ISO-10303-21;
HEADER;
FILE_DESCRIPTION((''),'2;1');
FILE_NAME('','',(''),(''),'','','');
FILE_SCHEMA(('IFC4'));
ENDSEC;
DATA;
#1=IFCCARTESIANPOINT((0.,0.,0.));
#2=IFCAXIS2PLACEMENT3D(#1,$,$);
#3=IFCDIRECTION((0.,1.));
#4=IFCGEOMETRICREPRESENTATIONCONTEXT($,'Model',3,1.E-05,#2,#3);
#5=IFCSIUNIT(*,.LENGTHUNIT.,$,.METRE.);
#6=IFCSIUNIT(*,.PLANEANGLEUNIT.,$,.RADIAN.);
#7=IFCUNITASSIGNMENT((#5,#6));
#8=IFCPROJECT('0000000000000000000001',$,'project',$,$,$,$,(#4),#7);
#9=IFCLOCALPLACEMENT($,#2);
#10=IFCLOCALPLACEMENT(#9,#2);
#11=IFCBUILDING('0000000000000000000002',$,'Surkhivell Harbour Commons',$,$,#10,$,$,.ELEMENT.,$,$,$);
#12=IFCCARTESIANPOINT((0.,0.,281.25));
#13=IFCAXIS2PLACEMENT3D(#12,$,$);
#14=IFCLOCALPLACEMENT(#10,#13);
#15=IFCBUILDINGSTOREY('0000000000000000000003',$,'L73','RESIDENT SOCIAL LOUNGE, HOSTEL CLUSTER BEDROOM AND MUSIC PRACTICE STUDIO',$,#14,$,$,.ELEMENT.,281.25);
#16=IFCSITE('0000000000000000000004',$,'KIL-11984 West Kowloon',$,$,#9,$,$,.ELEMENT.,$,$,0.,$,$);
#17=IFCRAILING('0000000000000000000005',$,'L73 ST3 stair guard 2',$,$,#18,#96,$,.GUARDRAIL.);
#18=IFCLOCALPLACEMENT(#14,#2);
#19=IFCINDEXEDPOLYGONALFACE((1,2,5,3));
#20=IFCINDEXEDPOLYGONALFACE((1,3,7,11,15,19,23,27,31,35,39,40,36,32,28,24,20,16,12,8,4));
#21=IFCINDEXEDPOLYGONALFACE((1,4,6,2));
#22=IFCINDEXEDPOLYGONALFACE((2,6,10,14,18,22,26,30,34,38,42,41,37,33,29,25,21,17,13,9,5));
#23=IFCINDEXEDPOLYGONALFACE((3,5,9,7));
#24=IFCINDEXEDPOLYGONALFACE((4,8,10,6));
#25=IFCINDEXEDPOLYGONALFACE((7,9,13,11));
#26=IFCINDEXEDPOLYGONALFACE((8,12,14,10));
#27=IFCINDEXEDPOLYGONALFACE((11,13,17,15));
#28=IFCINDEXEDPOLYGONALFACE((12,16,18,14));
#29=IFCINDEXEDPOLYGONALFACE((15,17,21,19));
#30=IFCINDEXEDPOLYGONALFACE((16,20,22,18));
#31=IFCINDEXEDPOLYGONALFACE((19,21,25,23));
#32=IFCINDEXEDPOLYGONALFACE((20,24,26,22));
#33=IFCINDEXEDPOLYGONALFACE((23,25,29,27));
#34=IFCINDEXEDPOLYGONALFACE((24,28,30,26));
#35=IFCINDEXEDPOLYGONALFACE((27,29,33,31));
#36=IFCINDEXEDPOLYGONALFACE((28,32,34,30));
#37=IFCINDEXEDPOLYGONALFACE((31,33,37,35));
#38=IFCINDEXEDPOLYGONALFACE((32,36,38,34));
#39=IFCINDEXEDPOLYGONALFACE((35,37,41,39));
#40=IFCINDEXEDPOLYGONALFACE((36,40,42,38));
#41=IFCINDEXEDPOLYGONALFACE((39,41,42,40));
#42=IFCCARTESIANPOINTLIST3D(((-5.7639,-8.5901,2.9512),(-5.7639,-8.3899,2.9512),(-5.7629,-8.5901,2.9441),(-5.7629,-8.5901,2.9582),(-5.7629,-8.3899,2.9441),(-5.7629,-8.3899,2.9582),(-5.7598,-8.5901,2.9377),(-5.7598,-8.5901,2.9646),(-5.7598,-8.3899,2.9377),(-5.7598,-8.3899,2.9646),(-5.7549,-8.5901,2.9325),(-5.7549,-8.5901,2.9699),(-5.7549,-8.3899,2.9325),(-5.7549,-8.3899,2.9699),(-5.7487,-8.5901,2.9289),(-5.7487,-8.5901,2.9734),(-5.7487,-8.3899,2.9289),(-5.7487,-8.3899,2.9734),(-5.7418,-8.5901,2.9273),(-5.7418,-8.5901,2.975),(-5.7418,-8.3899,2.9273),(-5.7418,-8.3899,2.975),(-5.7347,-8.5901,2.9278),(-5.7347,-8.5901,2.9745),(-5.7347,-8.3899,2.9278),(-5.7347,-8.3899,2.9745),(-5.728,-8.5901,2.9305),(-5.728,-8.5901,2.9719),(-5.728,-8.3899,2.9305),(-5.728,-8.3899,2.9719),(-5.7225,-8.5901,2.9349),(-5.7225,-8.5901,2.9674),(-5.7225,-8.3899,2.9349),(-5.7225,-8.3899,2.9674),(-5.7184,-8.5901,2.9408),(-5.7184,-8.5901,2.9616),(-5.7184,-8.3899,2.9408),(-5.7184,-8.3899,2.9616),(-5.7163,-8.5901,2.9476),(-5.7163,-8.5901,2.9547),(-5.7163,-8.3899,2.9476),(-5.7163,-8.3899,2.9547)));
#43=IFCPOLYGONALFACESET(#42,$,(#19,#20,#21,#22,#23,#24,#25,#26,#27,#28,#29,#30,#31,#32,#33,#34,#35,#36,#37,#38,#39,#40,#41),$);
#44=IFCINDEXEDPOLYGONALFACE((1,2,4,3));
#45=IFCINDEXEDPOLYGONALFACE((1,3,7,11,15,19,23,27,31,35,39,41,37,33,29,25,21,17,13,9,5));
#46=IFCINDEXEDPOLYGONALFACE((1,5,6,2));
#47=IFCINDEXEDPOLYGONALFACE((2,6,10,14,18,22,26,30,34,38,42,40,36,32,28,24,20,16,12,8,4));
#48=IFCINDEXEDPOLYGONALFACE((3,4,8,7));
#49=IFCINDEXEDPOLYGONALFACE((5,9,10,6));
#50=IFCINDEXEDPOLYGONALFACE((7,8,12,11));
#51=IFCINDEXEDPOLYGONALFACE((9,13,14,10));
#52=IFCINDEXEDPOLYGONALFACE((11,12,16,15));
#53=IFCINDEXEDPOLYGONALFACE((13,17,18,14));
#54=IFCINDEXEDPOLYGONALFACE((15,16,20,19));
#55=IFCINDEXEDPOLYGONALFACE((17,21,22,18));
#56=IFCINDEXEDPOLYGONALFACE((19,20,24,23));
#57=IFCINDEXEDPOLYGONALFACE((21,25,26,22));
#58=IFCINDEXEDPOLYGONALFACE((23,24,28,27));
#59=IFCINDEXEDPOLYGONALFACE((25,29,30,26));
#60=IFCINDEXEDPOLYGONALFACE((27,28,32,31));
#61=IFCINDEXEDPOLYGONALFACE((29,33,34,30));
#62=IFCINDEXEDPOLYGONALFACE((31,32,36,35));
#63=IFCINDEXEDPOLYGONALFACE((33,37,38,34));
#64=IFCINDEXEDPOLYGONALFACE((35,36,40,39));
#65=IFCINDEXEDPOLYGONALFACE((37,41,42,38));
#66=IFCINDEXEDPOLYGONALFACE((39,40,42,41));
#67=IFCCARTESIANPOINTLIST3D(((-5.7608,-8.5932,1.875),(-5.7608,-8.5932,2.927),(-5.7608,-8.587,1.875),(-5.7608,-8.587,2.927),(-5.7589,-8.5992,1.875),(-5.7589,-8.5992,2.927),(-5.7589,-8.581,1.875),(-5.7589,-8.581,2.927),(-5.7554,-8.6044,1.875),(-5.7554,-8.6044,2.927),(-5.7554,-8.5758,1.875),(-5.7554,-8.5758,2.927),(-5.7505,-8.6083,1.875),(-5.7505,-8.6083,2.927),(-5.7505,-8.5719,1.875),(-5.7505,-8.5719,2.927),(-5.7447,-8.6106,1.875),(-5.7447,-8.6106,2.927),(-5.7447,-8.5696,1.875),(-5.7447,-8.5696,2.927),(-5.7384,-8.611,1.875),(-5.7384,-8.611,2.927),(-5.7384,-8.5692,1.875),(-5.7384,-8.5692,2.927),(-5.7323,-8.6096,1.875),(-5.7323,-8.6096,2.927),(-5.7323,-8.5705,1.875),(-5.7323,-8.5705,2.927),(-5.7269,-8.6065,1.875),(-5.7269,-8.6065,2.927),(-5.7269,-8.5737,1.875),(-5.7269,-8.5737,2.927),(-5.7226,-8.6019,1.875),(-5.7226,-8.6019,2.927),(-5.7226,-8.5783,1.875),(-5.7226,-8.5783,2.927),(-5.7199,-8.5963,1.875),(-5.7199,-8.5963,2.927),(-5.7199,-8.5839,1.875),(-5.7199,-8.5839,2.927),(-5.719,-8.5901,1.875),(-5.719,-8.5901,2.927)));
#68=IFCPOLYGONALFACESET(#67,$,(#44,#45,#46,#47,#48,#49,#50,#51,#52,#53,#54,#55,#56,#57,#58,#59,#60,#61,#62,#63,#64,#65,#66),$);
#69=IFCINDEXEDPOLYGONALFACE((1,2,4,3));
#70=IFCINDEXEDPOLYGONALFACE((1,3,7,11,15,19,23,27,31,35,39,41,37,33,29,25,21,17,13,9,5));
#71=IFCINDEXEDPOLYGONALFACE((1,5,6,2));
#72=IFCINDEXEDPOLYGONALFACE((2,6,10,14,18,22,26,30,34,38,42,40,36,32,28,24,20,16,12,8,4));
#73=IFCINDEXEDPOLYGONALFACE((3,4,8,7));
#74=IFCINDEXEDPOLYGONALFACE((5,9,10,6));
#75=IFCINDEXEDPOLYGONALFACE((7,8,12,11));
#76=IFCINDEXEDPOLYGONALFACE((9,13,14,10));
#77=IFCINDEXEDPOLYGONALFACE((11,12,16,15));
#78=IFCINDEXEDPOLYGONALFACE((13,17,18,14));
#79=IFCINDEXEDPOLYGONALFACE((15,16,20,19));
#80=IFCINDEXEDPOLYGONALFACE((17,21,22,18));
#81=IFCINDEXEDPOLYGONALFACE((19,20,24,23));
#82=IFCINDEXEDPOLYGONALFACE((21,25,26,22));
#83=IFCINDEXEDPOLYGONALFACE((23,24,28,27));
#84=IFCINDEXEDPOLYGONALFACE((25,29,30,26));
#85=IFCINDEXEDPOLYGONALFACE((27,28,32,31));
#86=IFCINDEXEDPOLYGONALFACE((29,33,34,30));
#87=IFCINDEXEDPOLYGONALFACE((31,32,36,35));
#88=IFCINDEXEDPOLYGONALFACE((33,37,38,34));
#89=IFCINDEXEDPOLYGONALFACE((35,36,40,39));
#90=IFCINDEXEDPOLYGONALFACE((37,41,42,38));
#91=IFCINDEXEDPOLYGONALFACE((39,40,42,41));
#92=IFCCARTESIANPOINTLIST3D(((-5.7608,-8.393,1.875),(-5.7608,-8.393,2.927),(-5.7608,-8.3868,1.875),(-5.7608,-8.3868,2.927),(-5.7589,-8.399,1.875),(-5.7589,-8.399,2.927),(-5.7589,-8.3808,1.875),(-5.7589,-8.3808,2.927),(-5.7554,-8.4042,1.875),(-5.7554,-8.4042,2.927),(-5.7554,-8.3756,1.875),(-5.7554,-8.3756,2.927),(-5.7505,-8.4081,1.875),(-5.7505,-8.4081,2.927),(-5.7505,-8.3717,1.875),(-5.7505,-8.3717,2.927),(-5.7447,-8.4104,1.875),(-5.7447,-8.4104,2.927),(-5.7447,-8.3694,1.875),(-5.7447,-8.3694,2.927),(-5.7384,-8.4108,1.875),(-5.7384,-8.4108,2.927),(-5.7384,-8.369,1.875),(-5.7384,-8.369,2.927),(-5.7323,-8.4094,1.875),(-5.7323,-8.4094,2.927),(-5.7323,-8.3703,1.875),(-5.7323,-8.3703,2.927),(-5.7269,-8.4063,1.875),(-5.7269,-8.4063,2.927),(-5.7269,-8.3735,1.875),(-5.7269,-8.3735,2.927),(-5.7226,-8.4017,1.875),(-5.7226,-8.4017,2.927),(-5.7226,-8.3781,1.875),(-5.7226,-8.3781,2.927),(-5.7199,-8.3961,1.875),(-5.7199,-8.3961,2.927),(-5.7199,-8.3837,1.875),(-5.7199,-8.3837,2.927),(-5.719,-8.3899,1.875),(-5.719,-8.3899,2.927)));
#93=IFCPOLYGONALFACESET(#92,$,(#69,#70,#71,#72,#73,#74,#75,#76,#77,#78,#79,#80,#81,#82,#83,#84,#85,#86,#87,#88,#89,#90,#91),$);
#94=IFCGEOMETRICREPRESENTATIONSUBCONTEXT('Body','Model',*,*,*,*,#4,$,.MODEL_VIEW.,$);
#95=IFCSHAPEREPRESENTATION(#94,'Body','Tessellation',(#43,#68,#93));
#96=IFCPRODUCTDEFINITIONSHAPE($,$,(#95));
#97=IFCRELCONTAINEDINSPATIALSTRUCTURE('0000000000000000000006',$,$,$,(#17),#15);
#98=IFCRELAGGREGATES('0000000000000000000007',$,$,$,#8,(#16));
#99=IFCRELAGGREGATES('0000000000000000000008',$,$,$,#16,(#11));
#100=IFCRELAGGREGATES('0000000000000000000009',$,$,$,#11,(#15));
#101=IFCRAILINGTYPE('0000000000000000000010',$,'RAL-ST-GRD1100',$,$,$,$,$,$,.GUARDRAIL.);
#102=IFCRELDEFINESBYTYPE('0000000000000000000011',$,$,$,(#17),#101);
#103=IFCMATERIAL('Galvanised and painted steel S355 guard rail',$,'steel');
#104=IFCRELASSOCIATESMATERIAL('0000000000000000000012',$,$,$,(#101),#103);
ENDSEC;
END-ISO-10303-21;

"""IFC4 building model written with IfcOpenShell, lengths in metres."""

from ifc_helpers import new_model, si_unit, direction, frame, origin, origin_2d, place, context, subcontext, project, spatial, circle, extrude, material, type_object, element, save


model = new_model("IFC4")

# Units and contexts
model_context = context("Model", 3, precision=1e-05, world=origin(), true_north=direction((0.0, 1.0)))
body_context = subcontext(model_context, "Body", "Model", "MODEL_VIEW")
ifc_project = project(units=[si_unit("LENGTHUNIT", "METRE"), si_unit("PLANEANGLEUNIT", "RADIAN")], contexts=[model_context])

# Site, building, storey
site_placement = place(None, origin())
site = spatial("IfcSite", under=ifc_project, at=site_placement, Name="KIL-11984 West Kowloon", CompositionType="ELEMENT", RefElevation=0.0)
building_placement = place(site_placement, origin())
building = spatial("IfcBuilding", under=site, at=building_placement, Name="Surkhivell Harbour Commons", CompositionType="ELEMENT")
storey_placement = place(building_placement, frame((0.0, 0.0, 281.25)))
storey = spatial("IfcBuildingStorey", under=building, at=storey_placement, Name="L73", Description="RESIDENT SOCIAL LOUNGE, HOSTEL CLUSTER BEDROOM AND MUSIC PRACTICE STUDIO", CompositionType="ELEMENT", Elevation=281.25)

# Railing
ifc_material_1 = material(Name="Galvanised and painted steel S355 guard rail", Category="steel")
railing_type_1 = type_object("IfcRailingType", Name="RAL-ST-GRD1100", PredefinedType="GUARDRAIL", material=ifc_material_1)
railing_1_placement = place(storey_placement, frame((-5.74, -8.5901, 1.875)))
element("IfcRailing", 1, at=railing_1_placement, inside=storey, type_object=railing_type_1, Name="L73 ST3 stair guard 2", PredefinedType="GUARDRAIL", context=body_context, shape_type="SweptSolid", body=[
    extrude(circle(Radius=0.0239, at=origin_2d()), frame((0.0, 0.0, 1.0762), z_axis=(0.0, 1.0, 0.0), x_axis=(-1.0, 0.0, 0.0)), (0.0, 0.0, 1.0), 0.2002),
    extrude(circle(Radius=0.021, at=origin_2d()), origin(), (0.0, 0.0, 1.0), 1.052),
    extrude(circle(Radius=0.021, at=origin_2d()), frame((0.0, 0.2002, 0.0)), (0.0, 0.0, 1.0), 1.052),
])

save(model, "model.ifc")
